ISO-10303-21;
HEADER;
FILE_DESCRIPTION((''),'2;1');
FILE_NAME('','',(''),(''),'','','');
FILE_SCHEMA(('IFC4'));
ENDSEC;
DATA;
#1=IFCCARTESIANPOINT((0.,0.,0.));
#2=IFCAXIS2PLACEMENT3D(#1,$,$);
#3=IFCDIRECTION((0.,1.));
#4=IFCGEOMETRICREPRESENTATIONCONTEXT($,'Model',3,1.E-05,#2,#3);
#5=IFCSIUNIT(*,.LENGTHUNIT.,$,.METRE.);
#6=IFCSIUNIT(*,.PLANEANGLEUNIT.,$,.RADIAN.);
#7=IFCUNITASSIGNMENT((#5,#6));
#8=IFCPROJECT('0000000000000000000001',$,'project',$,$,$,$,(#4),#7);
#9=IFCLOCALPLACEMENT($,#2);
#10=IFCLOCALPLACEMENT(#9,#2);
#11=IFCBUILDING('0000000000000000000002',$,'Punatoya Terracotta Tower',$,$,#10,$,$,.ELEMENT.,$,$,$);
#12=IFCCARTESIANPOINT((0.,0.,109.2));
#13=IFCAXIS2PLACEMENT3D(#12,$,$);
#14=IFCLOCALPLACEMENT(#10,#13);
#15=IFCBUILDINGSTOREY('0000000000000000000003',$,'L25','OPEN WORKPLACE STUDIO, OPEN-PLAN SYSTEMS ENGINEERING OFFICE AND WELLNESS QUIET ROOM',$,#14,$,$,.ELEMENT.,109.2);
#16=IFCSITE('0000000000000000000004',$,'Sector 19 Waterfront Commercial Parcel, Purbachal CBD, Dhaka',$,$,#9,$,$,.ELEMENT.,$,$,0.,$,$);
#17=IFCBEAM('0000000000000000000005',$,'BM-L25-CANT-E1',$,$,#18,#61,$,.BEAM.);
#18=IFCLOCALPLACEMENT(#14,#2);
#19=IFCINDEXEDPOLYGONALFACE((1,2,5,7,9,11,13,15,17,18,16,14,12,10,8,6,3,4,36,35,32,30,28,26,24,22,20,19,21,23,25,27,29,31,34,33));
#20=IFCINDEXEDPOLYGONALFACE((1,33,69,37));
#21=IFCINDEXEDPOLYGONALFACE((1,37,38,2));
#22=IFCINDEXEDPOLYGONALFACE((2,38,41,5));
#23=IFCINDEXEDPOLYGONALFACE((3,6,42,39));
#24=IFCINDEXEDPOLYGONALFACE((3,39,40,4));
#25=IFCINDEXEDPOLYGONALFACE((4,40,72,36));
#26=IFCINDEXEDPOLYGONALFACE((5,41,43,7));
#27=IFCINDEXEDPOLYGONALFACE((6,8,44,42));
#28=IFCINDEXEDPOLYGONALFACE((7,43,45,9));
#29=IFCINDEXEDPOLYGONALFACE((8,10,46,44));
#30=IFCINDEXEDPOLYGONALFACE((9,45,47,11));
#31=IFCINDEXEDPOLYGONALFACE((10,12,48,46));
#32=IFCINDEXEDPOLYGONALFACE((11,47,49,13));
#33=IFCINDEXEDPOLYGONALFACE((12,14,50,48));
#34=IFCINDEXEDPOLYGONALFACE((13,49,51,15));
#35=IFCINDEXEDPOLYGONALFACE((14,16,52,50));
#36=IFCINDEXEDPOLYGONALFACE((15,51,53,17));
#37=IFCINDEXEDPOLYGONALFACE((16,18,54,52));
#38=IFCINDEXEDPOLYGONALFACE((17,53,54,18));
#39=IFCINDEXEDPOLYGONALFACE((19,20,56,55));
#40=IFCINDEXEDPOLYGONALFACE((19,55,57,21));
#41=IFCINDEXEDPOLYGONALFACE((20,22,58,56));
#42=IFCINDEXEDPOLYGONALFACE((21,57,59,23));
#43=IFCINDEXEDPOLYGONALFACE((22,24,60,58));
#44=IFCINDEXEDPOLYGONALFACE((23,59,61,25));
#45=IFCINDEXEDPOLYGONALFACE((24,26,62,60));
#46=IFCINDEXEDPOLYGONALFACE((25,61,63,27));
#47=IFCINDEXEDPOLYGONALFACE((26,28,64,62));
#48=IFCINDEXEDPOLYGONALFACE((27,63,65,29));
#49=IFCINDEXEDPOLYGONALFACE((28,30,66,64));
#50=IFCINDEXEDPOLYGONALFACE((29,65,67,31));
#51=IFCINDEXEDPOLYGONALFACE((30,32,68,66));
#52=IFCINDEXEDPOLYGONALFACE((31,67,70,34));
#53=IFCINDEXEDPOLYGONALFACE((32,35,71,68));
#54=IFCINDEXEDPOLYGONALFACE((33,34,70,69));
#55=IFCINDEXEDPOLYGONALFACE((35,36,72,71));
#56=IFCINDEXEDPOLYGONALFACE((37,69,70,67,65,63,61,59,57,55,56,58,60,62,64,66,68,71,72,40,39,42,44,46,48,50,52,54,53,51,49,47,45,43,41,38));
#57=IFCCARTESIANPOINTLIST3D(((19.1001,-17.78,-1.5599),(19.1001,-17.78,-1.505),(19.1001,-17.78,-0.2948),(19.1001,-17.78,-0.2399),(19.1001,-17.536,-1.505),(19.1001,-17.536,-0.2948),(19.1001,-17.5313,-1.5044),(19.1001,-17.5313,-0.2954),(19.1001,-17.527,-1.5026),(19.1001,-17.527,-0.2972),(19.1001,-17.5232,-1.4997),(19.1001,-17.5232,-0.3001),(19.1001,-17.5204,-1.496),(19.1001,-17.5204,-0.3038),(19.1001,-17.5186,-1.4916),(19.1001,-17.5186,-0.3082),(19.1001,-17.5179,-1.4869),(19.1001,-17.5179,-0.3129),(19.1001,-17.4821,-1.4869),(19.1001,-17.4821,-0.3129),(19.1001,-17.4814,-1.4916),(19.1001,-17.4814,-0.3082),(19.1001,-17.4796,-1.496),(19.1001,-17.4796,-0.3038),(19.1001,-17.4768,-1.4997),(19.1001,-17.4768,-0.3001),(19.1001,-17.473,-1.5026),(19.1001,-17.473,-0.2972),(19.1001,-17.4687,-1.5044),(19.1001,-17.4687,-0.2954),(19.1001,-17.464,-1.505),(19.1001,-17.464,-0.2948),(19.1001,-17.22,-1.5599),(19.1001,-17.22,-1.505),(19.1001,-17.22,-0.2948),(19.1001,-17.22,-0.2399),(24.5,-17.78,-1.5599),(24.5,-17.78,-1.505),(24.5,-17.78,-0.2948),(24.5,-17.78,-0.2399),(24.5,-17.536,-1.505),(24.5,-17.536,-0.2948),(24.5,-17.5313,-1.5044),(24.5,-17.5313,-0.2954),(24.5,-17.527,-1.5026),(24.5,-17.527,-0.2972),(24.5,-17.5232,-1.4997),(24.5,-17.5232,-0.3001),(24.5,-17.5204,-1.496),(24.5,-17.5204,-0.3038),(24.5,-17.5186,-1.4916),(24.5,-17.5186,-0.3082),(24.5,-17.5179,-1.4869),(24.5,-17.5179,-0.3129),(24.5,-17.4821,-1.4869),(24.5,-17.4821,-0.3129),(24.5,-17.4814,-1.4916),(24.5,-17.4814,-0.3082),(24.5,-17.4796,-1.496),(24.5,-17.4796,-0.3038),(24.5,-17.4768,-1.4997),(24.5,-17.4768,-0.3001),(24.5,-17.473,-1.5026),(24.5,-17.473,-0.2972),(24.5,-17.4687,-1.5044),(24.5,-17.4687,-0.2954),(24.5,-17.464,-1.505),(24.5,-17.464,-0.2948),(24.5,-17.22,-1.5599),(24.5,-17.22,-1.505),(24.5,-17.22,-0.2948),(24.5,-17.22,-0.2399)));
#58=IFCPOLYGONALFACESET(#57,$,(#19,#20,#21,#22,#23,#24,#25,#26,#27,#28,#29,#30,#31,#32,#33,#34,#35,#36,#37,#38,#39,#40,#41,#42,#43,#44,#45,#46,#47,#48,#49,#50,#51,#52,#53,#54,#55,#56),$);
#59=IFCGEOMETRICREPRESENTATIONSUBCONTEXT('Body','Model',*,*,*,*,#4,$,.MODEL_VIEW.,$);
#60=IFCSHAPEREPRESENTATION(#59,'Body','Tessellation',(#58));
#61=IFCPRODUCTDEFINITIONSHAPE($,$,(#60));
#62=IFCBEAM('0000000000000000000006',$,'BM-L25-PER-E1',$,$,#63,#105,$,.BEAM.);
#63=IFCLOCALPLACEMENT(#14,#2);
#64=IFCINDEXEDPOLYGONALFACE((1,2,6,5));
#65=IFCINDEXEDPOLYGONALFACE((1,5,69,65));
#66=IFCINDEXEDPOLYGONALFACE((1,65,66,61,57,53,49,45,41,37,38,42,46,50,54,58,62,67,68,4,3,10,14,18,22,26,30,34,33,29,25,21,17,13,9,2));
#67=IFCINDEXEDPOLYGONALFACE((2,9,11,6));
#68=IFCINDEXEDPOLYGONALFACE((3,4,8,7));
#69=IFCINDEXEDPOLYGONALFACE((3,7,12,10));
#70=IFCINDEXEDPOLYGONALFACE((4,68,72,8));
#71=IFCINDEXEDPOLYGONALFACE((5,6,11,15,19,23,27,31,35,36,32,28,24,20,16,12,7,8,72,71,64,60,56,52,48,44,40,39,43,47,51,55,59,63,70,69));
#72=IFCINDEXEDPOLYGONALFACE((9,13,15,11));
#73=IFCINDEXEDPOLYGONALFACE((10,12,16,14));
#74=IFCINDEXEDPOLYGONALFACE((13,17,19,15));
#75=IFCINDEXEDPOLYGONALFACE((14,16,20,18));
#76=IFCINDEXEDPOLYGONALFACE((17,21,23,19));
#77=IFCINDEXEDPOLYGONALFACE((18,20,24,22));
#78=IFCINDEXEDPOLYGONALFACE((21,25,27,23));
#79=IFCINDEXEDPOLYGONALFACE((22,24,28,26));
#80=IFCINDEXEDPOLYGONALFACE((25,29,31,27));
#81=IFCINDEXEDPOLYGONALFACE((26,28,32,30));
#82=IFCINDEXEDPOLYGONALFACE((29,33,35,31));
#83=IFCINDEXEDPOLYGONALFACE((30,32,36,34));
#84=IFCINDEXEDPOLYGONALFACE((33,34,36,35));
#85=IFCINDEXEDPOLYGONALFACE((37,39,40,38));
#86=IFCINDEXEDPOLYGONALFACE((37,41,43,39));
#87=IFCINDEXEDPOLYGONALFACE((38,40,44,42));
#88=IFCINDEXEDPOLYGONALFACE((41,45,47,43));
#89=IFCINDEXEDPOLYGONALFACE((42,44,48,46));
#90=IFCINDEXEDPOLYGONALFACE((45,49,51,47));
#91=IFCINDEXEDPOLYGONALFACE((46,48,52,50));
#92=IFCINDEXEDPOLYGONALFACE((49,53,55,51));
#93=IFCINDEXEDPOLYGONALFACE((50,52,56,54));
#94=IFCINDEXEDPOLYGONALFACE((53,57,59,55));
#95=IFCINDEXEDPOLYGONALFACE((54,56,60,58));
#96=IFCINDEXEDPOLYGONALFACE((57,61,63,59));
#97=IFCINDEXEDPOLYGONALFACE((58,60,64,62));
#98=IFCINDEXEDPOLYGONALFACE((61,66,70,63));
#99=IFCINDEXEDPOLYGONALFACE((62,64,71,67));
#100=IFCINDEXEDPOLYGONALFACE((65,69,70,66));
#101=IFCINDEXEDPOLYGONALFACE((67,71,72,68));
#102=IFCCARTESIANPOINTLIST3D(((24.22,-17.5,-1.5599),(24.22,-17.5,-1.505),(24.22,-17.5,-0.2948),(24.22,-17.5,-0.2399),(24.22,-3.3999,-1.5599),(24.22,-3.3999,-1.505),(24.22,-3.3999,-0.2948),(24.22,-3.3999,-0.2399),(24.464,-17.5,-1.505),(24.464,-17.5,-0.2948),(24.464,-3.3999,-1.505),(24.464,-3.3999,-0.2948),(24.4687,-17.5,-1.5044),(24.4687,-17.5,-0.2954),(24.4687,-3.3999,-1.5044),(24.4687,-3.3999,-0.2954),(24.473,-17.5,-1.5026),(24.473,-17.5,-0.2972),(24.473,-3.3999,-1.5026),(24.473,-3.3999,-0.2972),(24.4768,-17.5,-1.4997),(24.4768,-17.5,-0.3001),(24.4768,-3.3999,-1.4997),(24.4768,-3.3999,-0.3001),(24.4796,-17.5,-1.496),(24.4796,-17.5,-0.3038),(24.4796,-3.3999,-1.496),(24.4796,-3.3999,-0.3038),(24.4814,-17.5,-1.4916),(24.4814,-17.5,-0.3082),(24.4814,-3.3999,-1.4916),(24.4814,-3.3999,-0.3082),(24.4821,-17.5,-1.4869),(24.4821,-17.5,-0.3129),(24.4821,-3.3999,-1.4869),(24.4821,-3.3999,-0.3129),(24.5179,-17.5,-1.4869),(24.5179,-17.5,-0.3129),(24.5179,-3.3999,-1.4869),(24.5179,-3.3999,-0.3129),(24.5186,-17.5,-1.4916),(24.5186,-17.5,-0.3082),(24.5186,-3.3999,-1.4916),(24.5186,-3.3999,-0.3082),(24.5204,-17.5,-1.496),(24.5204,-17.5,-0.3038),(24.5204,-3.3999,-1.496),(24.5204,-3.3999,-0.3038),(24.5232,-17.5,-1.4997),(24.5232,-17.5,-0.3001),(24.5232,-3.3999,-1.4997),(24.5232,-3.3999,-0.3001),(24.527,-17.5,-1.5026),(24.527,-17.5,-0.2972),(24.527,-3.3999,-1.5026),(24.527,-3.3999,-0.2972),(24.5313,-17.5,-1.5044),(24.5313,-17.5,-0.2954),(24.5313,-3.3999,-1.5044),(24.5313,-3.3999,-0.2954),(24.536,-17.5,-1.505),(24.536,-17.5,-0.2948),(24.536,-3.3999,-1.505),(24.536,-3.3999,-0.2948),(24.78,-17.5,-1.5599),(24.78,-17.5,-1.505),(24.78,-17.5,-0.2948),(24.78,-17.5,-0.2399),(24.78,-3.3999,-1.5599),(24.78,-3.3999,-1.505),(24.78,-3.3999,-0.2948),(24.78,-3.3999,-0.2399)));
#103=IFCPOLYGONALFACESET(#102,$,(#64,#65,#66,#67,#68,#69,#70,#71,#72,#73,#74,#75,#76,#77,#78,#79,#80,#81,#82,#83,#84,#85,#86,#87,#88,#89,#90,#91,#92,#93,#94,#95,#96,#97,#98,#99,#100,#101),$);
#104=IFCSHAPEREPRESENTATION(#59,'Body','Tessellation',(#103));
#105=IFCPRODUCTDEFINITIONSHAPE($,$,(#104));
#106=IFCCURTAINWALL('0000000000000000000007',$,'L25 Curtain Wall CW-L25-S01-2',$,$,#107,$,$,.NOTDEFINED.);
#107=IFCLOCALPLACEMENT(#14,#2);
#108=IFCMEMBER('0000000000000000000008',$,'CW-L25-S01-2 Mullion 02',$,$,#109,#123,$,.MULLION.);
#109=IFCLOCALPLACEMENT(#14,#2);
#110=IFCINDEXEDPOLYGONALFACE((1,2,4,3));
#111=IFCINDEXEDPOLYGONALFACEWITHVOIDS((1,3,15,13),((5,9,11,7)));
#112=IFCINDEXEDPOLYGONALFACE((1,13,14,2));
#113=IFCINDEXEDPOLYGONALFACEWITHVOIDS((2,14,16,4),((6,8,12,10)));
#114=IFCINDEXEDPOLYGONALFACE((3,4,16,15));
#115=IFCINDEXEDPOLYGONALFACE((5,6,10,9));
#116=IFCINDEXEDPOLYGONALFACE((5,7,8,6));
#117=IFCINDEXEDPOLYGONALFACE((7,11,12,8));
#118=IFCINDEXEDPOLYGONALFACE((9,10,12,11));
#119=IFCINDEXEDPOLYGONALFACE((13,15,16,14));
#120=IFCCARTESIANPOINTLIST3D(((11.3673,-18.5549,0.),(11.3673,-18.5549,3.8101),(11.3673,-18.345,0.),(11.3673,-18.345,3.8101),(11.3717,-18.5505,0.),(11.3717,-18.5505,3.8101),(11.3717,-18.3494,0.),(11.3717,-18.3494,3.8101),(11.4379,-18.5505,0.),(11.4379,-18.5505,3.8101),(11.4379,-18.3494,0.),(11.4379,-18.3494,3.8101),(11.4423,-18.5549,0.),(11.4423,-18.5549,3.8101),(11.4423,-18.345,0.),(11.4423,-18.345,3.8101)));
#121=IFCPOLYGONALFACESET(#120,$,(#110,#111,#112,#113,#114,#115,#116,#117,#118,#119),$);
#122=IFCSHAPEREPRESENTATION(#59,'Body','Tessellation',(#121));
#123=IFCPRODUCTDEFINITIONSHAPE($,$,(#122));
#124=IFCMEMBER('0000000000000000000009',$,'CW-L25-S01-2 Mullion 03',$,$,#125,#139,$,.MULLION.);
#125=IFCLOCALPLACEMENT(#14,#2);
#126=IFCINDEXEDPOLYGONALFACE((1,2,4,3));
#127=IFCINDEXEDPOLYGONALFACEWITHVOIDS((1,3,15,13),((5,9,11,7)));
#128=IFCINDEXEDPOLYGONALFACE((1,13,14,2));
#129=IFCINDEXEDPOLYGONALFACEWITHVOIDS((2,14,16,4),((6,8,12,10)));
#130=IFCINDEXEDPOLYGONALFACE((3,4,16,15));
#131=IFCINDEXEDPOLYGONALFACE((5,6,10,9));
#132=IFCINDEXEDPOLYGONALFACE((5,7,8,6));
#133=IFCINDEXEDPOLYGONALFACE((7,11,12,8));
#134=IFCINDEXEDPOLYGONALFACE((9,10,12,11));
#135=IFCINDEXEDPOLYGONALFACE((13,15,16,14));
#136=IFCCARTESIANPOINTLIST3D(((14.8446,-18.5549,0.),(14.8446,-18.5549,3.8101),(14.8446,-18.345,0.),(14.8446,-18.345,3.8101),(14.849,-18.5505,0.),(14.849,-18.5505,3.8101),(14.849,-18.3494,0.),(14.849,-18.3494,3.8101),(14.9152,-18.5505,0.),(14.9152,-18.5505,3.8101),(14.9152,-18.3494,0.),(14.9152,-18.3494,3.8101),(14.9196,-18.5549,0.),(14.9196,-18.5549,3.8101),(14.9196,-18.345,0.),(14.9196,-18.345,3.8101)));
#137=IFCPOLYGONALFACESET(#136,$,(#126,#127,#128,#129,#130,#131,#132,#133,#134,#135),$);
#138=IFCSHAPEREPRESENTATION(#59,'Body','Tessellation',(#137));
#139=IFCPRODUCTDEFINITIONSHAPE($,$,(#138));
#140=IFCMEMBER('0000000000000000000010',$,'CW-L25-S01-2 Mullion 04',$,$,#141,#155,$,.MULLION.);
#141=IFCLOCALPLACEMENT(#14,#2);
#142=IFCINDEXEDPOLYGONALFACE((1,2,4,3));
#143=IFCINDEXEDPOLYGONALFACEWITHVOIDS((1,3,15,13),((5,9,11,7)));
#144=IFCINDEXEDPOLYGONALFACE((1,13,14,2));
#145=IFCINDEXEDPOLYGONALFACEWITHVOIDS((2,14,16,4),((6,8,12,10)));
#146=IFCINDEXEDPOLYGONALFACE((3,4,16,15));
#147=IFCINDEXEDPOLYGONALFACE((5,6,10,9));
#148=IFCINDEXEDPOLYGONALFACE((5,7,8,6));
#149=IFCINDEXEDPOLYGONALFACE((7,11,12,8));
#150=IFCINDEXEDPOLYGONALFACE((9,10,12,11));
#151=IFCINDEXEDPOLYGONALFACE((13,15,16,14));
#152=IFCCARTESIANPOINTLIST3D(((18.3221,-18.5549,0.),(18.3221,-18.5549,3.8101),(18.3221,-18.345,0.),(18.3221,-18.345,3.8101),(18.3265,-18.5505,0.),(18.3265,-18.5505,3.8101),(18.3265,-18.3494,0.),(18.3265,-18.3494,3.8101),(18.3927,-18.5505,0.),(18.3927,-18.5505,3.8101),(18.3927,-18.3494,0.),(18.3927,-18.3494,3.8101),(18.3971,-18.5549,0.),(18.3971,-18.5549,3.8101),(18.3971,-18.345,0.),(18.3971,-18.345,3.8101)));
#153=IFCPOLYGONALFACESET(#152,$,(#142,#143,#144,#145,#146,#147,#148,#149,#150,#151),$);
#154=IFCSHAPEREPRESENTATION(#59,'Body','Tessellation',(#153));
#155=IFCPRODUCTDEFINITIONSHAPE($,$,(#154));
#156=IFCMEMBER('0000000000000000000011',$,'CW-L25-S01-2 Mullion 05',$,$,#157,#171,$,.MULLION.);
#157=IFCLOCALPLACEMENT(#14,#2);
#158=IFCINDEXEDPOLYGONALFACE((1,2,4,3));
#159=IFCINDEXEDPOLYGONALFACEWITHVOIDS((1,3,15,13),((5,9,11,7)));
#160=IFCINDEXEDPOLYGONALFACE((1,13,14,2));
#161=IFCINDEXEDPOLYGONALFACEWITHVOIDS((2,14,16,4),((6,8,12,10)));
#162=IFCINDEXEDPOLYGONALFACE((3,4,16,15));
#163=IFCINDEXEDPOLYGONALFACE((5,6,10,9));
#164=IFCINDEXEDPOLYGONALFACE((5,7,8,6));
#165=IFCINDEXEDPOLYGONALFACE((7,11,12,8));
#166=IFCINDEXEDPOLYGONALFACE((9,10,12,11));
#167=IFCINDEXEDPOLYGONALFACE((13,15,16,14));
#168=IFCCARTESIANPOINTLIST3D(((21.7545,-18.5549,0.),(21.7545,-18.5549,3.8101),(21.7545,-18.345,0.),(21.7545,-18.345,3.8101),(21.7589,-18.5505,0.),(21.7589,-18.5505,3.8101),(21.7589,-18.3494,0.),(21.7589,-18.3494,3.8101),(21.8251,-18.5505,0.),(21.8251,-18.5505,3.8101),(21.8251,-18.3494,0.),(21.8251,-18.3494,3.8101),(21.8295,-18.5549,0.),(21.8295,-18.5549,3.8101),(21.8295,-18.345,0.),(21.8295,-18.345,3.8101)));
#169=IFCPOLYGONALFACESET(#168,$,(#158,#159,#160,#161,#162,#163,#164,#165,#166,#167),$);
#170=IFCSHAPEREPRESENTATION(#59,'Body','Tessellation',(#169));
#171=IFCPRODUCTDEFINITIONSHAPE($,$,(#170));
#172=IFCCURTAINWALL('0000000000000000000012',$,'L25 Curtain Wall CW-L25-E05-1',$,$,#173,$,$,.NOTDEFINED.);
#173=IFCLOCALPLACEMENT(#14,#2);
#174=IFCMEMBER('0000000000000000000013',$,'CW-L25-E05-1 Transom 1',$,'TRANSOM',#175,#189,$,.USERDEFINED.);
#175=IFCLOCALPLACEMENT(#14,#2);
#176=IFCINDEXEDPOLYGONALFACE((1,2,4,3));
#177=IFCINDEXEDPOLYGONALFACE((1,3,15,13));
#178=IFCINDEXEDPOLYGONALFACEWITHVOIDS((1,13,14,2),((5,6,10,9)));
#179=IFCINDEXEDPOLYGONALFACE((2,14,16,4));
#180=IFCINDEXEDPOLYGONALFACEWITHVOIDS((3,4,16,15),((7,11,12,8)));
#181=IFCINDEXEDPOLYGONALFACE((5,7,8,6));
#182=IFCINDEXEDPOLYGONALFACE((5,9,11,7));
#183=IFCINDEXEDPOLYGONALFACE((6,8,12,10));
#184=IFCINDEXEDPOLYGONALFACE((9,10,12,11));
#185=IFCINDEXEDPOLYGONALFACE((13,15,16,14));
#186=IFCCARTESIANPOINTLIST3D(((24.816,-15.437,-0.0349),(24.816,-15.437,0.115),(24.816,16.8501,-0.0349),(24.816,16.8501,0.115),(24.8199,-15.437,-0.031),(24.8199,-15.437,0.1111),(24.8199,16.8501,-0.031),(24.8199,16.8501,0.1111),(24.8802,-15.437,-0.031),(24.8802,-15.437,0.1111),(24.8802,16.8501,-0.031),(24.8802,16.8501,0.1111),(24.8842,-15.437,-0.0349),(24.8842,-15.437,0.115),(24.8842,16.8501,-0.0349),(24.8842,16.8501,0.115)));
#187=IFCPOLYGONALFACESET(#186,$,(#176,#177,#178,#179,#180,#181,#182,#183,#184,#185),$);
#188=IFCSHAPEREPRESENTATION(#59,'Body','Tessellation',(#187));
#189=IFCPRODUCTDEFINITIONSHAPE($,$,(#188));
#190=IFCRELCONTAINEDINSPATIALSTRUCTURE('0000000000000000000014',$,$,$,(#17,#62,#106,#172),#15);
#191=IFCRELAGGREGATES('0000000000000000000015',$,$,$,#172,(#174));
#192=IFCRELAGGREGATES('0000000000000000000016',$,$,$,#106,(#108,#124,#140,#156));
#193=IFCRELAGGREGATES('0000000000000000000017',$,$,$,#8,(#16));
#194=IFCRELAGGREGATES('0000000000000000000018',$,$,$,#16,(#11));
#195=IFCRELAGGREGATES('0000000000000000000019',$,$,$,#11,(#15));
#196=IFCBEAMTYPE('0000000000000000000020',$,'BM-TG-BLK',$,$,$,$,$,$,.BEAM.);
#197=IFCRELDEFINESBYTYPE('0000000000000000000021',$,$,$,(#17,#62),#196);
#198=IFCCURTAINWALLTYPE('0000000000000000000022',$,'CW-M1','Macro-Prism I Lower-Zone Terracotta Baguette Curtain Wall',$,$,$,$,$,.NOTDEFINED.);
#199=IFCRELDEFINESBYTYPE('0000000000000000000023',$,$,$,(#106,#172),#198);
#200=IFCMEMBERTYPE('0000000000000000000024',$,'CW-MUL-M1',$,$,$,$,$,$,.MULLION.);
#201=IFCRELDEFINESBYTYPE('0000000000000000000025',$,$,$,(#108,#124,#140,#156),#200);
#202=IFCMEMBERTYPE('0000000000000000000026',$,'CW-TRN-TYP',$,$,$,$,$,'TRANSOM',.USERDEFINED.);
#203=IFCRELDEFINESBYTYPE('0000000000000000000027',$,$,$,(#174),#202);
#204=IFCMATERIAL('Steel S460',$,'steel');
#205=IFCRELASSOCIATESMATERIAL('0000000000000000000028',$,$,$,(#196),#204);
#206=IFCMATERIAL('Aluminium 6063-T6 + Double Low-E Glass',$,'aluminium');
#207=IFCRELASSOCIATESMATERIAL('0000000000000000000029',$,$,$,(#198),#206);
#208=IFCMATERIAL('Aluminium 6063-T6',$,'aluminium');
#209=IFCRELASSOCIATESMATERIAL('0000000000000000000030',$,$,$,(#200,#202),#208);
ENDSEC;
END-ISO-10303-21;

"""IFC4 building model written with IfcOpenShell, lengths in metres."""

from ifc_helpers import new_model, si_unit, direction, frame, origin, origin_2d, place, context, subcontext, project, spatial, hollow_rectangle, i_section, extrude, material, material_profile, profile_set, type_object, element, aggregate, save


model = new_model("IFC4")

# Units and contexts
model_context = context("Model", 3, precision=1e-05, world=origin(), true_north=direction((0.0, 1.0)))
body_context = subcontext(model_context, "Body", "Model", "MODEL_VIEW")
ifc_project = project(units=[si_unit("LENGTHUNIT", "METRE"), si_unit("PLANEANGLEUNIT", "RADIAN")], contexts=[model_context])

# Site, building, storey
site_placement = place(None, origin())
site = spatial("IfcSite", under=ifc_project, at=site_placement, Name="Sector 19 Waterfront Commercial Parcel, Purbachal CBD, Dhaka", CompositionType="ELEMENT", RefElevation=0.0)
building_placement = place(site_placement, origin())
building = spatial("IfcBuilding", under=site, at=building_placement, Name="Punatoya Terracotta Tower", CompositionType="ELEMENT")
storey_placement = place(building_placement, frame((0.0, 0.0, 109.2)))
storey = spatial("IfcBuildingStorey", under=building, at=storey_placement, Name="L25", Description="OPEN WORKPLACE STUDIO, OPEN-PLAN SYSTEMS ENGINEERING OFFICE AND WELLNESS QUIET ROOM", CompositionType="ELEMENT", Elevation=109.2)

# Shared definitions
ifc_material_1 = material(Name="Steel S460", Category="steel")

# Beams
ifc_material_profile_1 = material_profile(ifc_material_1, i_section(OverallWidth=0.5601, OverallDepth=1.3201, WebThickness=0.0359, FlangeThickness=0.0549, FilletRadius=0.0181, at=origin_2d()))
ifc_profile_set_1 = profile_set([ifc_material_profile_1], Name="Steel S460")
beam_type_1 = type_object("IfcBeamType", Name="BM-TG-BLK", PredefinedType="BEAM", material=ifc_profile_set_1)
beam_1_placement = place(storey_placement, frame((19.1001, -17.5, -0.8999), z_axis=(1.0, 0.0, 0.0), x_axis=(0.0, 1.0, 0.0)))
element("IfcBeam", 1, at=beam_1_placement, inside=storey, type_object=beam_type_1, Name="BM-L25-CANT-E1", PredefinedType="BEAM", context=body_context, shape_type="SweptSolid", body=[
    extrude(i_section(OverallWidth=0.5601, OverallDepth=1.3201, WebThickness=0.0359, FlangeThickness=0.0549, FilletRadius=0.0181, at=origin_2d()), origin(), (0.0, 0.0, 1.0), 5.3999),
])
beam_2_placement = place(storey_placement, frame((24.5, -17.5, -0.8999), z_axis=(0.0, 1.0, 0.0), x_axis=(-1.0, 0.0, 0.0)))
element("IfcBeam", 2, at=beam_2_placement, inside=storey, type_object=beam_type_1, Name="BM-L25-PER-E1", PredefinedType="BEAM", context=body_context, shape_type="SweptSolid", body=[
    extrude(i_section(OverallWidth=0.5601, OverallDepth=1.3201, WebThickness=0.0359, FlangeThickness=0.0549, FilletRadius=0.0181, at=origin_2d()), origin(), (0.0, 0.0, 1.0), 14.1001),
])

# Curtain walls, members
ifc_material_2 = material(Name="Aluminium 6063-T6 + Double Low-E Glass", Category="aluminium")
curtain_wall_type = type_object("IfcCurtainWallType", Name="CW-M1", Description="Macro-Prism I Lower-Zone Terracotta Baguette Curtain Wall", PredefinedType="NOTDEFINED", material=ifc_material_2)
curtain_wall_1_placement = place(storey_placement, origin())
curtain_wall_1 = element("IfcCurtainWall", 3, at=curtain_wall_1_placement, inside=storey, type_object=curtain_wall_type, Name="L25 Curtain Wall CW-L25-S01-2", PredefinedType="NOTDEFINED")
ifc_material_3 = material(Name="Aluminium 6063-T6", Category="aluminium")
ifc_material_profile_2 = material_profile(ifc_material_3, hollow_rectangle(XDim=0.075, YDim=0.21, WallThickness=0.0044, at=origin_2d()))
ifc_profile_set_2 = profile_set([ifc_material_profile_2], Name="Aluminium 6063-T6")
member_type_1 = type_object("IfcMemberType", Name="CW-MUL-M1", PredefinedType="MULLION", material=ifc_profile_set_2)
member_1_placement = place(storey_placement, frame((11.4048, -18.45, 0.0), z_axis=(0.0, 0.0, 1.0), x_axis=(1.0, 0.0, 0.0)))
member_1 = element("IfcMember", 4, at=member_1_placement, type_object=member_type_1, Name="CW-L25-S01-2 Mullion 02", PredefinedType="MULLION", context=body_context, shape_type="SweptSolid", body=[
    extrude(hollow_rectangle(XDim=0.075, YDim=0.21, WallThickness=0.0044, at=origin_2d()), origin(), (0.0, 0.0, 1.0), 3.8101),
])
member_2_placement = place(storey_placement, frame((14.8821, -18.45, 0.0), z_axis=(0.0, 0.0, 1.0), x_axis=(1.0, 0.0, 0.0)))
member_2 = element("IfcMember", 5, at=member_2_placement, type_object=member_type_1, Name="CW-L25-S01-2 Mullion 03", PredefinedType="MULLION", context=body_context, shape_type="SweptSolid", body=[
    extrude(hollow_rectangle(XDim=0.075, YDim=0.21, WallThickness=0.0044, at=origin_2d()), origin(), (0.0, 0.0, 1.0), 3.8101),
])
member_3_placement = place(storey_placement, frame((18.3596, -18.45, 0.0), z_axis=(0.0, 0.0, 1.0), x_axis=(1.0, 0.0, 0.0)))
member_3 = element("IfcMember", 6, at=member_3_placement, type_object=member_type_1, Name="CW-L25-S01-2 Mullion 04", PredefinedType="MULLION", context=body_context, shape_type="SweptSolid", body=[
    extrude(hollow_rectangle(XDim=0.075, YDim=0.21, WallThickness=0.0044, at=origin_2d()), origin(), (0.0, 0.0, 1.0), 3.8101),
])
member_4_placement = place(storey_placement, frame((21.792, -18.45, 0.0), z_axis=(0.0, 0.0, 1.0), x_axis=(1.0, 0.0, 0.0)))
member_4 = element("IfcMember", 7, at=member_4_placement, type_object=member_type_1, Name="CW-L25-S01-2 Mullion 05", PredefinedType="MULLION", context=body_context, shape_type="SweptSolid", body=[
    extrude(hollow_rectangle(XDim=0.075, YDim=0.21, WallThickness=0.0044, at=origin_2d()), origin(), (0.0, 0.0, 1.0), 3.8101),
])
curtain_wall_2_placement = place(storey_placement, origin())
curtain_wall_2 = element("IfcCurtainWall", 8, at=curtain_wall_2_placement, inside=storey, type_object=curtain_wall_type, Name="L25 Curtain Wall CW-L25-E05-1", PredefinedType="NOTDEFINED")
ifc_material_profile_3 = material_profile(ifc_material_3, hollow_rectangle(XDim=0.0681, YDim=0.1499, WallThickness=0.0039, at=origin_2d()))
ifc_profile_set_3 = profile_set([ifc_material_profile_3], Name="Aluminium 6063-T6")
member_type_2 = type_object("IfcMemberType", Name="CW-TRN-TYP", ElementType="TRANSOM", PredefinedType="USERDEFINED", material=ifc_profile_set_3)
member_5_placement = place(storey_placement, frame((24.8501, -15.437, 0.04), z_axis=(0.0, 1.0, 0.0), x_axis=(-1.0, 0.0, 0.0)))
member_5 = element("IfcMember", 9, at=member_5_placement, type_object=member_type_2, Name="CW-L25-E05-1 Transom 1", ObjectType="TRANSOM", PredefinedType="USERDEFINED", context=body_context, shape_type="SweptSolid", body=[
    extrude(hollow_rectangle(XDim=0.0681, YDim=0.1499, WallThickness=0.0039, at=origin_2d()), origin(), (0.0, 0.0, 1.0), 32.2871),
])
aggregate(curtain_wall_2, [member_5])

aggregate(curtain_wall_1, [member_1, member_2, member_3, member_4])

save(model, "model.ifc")
